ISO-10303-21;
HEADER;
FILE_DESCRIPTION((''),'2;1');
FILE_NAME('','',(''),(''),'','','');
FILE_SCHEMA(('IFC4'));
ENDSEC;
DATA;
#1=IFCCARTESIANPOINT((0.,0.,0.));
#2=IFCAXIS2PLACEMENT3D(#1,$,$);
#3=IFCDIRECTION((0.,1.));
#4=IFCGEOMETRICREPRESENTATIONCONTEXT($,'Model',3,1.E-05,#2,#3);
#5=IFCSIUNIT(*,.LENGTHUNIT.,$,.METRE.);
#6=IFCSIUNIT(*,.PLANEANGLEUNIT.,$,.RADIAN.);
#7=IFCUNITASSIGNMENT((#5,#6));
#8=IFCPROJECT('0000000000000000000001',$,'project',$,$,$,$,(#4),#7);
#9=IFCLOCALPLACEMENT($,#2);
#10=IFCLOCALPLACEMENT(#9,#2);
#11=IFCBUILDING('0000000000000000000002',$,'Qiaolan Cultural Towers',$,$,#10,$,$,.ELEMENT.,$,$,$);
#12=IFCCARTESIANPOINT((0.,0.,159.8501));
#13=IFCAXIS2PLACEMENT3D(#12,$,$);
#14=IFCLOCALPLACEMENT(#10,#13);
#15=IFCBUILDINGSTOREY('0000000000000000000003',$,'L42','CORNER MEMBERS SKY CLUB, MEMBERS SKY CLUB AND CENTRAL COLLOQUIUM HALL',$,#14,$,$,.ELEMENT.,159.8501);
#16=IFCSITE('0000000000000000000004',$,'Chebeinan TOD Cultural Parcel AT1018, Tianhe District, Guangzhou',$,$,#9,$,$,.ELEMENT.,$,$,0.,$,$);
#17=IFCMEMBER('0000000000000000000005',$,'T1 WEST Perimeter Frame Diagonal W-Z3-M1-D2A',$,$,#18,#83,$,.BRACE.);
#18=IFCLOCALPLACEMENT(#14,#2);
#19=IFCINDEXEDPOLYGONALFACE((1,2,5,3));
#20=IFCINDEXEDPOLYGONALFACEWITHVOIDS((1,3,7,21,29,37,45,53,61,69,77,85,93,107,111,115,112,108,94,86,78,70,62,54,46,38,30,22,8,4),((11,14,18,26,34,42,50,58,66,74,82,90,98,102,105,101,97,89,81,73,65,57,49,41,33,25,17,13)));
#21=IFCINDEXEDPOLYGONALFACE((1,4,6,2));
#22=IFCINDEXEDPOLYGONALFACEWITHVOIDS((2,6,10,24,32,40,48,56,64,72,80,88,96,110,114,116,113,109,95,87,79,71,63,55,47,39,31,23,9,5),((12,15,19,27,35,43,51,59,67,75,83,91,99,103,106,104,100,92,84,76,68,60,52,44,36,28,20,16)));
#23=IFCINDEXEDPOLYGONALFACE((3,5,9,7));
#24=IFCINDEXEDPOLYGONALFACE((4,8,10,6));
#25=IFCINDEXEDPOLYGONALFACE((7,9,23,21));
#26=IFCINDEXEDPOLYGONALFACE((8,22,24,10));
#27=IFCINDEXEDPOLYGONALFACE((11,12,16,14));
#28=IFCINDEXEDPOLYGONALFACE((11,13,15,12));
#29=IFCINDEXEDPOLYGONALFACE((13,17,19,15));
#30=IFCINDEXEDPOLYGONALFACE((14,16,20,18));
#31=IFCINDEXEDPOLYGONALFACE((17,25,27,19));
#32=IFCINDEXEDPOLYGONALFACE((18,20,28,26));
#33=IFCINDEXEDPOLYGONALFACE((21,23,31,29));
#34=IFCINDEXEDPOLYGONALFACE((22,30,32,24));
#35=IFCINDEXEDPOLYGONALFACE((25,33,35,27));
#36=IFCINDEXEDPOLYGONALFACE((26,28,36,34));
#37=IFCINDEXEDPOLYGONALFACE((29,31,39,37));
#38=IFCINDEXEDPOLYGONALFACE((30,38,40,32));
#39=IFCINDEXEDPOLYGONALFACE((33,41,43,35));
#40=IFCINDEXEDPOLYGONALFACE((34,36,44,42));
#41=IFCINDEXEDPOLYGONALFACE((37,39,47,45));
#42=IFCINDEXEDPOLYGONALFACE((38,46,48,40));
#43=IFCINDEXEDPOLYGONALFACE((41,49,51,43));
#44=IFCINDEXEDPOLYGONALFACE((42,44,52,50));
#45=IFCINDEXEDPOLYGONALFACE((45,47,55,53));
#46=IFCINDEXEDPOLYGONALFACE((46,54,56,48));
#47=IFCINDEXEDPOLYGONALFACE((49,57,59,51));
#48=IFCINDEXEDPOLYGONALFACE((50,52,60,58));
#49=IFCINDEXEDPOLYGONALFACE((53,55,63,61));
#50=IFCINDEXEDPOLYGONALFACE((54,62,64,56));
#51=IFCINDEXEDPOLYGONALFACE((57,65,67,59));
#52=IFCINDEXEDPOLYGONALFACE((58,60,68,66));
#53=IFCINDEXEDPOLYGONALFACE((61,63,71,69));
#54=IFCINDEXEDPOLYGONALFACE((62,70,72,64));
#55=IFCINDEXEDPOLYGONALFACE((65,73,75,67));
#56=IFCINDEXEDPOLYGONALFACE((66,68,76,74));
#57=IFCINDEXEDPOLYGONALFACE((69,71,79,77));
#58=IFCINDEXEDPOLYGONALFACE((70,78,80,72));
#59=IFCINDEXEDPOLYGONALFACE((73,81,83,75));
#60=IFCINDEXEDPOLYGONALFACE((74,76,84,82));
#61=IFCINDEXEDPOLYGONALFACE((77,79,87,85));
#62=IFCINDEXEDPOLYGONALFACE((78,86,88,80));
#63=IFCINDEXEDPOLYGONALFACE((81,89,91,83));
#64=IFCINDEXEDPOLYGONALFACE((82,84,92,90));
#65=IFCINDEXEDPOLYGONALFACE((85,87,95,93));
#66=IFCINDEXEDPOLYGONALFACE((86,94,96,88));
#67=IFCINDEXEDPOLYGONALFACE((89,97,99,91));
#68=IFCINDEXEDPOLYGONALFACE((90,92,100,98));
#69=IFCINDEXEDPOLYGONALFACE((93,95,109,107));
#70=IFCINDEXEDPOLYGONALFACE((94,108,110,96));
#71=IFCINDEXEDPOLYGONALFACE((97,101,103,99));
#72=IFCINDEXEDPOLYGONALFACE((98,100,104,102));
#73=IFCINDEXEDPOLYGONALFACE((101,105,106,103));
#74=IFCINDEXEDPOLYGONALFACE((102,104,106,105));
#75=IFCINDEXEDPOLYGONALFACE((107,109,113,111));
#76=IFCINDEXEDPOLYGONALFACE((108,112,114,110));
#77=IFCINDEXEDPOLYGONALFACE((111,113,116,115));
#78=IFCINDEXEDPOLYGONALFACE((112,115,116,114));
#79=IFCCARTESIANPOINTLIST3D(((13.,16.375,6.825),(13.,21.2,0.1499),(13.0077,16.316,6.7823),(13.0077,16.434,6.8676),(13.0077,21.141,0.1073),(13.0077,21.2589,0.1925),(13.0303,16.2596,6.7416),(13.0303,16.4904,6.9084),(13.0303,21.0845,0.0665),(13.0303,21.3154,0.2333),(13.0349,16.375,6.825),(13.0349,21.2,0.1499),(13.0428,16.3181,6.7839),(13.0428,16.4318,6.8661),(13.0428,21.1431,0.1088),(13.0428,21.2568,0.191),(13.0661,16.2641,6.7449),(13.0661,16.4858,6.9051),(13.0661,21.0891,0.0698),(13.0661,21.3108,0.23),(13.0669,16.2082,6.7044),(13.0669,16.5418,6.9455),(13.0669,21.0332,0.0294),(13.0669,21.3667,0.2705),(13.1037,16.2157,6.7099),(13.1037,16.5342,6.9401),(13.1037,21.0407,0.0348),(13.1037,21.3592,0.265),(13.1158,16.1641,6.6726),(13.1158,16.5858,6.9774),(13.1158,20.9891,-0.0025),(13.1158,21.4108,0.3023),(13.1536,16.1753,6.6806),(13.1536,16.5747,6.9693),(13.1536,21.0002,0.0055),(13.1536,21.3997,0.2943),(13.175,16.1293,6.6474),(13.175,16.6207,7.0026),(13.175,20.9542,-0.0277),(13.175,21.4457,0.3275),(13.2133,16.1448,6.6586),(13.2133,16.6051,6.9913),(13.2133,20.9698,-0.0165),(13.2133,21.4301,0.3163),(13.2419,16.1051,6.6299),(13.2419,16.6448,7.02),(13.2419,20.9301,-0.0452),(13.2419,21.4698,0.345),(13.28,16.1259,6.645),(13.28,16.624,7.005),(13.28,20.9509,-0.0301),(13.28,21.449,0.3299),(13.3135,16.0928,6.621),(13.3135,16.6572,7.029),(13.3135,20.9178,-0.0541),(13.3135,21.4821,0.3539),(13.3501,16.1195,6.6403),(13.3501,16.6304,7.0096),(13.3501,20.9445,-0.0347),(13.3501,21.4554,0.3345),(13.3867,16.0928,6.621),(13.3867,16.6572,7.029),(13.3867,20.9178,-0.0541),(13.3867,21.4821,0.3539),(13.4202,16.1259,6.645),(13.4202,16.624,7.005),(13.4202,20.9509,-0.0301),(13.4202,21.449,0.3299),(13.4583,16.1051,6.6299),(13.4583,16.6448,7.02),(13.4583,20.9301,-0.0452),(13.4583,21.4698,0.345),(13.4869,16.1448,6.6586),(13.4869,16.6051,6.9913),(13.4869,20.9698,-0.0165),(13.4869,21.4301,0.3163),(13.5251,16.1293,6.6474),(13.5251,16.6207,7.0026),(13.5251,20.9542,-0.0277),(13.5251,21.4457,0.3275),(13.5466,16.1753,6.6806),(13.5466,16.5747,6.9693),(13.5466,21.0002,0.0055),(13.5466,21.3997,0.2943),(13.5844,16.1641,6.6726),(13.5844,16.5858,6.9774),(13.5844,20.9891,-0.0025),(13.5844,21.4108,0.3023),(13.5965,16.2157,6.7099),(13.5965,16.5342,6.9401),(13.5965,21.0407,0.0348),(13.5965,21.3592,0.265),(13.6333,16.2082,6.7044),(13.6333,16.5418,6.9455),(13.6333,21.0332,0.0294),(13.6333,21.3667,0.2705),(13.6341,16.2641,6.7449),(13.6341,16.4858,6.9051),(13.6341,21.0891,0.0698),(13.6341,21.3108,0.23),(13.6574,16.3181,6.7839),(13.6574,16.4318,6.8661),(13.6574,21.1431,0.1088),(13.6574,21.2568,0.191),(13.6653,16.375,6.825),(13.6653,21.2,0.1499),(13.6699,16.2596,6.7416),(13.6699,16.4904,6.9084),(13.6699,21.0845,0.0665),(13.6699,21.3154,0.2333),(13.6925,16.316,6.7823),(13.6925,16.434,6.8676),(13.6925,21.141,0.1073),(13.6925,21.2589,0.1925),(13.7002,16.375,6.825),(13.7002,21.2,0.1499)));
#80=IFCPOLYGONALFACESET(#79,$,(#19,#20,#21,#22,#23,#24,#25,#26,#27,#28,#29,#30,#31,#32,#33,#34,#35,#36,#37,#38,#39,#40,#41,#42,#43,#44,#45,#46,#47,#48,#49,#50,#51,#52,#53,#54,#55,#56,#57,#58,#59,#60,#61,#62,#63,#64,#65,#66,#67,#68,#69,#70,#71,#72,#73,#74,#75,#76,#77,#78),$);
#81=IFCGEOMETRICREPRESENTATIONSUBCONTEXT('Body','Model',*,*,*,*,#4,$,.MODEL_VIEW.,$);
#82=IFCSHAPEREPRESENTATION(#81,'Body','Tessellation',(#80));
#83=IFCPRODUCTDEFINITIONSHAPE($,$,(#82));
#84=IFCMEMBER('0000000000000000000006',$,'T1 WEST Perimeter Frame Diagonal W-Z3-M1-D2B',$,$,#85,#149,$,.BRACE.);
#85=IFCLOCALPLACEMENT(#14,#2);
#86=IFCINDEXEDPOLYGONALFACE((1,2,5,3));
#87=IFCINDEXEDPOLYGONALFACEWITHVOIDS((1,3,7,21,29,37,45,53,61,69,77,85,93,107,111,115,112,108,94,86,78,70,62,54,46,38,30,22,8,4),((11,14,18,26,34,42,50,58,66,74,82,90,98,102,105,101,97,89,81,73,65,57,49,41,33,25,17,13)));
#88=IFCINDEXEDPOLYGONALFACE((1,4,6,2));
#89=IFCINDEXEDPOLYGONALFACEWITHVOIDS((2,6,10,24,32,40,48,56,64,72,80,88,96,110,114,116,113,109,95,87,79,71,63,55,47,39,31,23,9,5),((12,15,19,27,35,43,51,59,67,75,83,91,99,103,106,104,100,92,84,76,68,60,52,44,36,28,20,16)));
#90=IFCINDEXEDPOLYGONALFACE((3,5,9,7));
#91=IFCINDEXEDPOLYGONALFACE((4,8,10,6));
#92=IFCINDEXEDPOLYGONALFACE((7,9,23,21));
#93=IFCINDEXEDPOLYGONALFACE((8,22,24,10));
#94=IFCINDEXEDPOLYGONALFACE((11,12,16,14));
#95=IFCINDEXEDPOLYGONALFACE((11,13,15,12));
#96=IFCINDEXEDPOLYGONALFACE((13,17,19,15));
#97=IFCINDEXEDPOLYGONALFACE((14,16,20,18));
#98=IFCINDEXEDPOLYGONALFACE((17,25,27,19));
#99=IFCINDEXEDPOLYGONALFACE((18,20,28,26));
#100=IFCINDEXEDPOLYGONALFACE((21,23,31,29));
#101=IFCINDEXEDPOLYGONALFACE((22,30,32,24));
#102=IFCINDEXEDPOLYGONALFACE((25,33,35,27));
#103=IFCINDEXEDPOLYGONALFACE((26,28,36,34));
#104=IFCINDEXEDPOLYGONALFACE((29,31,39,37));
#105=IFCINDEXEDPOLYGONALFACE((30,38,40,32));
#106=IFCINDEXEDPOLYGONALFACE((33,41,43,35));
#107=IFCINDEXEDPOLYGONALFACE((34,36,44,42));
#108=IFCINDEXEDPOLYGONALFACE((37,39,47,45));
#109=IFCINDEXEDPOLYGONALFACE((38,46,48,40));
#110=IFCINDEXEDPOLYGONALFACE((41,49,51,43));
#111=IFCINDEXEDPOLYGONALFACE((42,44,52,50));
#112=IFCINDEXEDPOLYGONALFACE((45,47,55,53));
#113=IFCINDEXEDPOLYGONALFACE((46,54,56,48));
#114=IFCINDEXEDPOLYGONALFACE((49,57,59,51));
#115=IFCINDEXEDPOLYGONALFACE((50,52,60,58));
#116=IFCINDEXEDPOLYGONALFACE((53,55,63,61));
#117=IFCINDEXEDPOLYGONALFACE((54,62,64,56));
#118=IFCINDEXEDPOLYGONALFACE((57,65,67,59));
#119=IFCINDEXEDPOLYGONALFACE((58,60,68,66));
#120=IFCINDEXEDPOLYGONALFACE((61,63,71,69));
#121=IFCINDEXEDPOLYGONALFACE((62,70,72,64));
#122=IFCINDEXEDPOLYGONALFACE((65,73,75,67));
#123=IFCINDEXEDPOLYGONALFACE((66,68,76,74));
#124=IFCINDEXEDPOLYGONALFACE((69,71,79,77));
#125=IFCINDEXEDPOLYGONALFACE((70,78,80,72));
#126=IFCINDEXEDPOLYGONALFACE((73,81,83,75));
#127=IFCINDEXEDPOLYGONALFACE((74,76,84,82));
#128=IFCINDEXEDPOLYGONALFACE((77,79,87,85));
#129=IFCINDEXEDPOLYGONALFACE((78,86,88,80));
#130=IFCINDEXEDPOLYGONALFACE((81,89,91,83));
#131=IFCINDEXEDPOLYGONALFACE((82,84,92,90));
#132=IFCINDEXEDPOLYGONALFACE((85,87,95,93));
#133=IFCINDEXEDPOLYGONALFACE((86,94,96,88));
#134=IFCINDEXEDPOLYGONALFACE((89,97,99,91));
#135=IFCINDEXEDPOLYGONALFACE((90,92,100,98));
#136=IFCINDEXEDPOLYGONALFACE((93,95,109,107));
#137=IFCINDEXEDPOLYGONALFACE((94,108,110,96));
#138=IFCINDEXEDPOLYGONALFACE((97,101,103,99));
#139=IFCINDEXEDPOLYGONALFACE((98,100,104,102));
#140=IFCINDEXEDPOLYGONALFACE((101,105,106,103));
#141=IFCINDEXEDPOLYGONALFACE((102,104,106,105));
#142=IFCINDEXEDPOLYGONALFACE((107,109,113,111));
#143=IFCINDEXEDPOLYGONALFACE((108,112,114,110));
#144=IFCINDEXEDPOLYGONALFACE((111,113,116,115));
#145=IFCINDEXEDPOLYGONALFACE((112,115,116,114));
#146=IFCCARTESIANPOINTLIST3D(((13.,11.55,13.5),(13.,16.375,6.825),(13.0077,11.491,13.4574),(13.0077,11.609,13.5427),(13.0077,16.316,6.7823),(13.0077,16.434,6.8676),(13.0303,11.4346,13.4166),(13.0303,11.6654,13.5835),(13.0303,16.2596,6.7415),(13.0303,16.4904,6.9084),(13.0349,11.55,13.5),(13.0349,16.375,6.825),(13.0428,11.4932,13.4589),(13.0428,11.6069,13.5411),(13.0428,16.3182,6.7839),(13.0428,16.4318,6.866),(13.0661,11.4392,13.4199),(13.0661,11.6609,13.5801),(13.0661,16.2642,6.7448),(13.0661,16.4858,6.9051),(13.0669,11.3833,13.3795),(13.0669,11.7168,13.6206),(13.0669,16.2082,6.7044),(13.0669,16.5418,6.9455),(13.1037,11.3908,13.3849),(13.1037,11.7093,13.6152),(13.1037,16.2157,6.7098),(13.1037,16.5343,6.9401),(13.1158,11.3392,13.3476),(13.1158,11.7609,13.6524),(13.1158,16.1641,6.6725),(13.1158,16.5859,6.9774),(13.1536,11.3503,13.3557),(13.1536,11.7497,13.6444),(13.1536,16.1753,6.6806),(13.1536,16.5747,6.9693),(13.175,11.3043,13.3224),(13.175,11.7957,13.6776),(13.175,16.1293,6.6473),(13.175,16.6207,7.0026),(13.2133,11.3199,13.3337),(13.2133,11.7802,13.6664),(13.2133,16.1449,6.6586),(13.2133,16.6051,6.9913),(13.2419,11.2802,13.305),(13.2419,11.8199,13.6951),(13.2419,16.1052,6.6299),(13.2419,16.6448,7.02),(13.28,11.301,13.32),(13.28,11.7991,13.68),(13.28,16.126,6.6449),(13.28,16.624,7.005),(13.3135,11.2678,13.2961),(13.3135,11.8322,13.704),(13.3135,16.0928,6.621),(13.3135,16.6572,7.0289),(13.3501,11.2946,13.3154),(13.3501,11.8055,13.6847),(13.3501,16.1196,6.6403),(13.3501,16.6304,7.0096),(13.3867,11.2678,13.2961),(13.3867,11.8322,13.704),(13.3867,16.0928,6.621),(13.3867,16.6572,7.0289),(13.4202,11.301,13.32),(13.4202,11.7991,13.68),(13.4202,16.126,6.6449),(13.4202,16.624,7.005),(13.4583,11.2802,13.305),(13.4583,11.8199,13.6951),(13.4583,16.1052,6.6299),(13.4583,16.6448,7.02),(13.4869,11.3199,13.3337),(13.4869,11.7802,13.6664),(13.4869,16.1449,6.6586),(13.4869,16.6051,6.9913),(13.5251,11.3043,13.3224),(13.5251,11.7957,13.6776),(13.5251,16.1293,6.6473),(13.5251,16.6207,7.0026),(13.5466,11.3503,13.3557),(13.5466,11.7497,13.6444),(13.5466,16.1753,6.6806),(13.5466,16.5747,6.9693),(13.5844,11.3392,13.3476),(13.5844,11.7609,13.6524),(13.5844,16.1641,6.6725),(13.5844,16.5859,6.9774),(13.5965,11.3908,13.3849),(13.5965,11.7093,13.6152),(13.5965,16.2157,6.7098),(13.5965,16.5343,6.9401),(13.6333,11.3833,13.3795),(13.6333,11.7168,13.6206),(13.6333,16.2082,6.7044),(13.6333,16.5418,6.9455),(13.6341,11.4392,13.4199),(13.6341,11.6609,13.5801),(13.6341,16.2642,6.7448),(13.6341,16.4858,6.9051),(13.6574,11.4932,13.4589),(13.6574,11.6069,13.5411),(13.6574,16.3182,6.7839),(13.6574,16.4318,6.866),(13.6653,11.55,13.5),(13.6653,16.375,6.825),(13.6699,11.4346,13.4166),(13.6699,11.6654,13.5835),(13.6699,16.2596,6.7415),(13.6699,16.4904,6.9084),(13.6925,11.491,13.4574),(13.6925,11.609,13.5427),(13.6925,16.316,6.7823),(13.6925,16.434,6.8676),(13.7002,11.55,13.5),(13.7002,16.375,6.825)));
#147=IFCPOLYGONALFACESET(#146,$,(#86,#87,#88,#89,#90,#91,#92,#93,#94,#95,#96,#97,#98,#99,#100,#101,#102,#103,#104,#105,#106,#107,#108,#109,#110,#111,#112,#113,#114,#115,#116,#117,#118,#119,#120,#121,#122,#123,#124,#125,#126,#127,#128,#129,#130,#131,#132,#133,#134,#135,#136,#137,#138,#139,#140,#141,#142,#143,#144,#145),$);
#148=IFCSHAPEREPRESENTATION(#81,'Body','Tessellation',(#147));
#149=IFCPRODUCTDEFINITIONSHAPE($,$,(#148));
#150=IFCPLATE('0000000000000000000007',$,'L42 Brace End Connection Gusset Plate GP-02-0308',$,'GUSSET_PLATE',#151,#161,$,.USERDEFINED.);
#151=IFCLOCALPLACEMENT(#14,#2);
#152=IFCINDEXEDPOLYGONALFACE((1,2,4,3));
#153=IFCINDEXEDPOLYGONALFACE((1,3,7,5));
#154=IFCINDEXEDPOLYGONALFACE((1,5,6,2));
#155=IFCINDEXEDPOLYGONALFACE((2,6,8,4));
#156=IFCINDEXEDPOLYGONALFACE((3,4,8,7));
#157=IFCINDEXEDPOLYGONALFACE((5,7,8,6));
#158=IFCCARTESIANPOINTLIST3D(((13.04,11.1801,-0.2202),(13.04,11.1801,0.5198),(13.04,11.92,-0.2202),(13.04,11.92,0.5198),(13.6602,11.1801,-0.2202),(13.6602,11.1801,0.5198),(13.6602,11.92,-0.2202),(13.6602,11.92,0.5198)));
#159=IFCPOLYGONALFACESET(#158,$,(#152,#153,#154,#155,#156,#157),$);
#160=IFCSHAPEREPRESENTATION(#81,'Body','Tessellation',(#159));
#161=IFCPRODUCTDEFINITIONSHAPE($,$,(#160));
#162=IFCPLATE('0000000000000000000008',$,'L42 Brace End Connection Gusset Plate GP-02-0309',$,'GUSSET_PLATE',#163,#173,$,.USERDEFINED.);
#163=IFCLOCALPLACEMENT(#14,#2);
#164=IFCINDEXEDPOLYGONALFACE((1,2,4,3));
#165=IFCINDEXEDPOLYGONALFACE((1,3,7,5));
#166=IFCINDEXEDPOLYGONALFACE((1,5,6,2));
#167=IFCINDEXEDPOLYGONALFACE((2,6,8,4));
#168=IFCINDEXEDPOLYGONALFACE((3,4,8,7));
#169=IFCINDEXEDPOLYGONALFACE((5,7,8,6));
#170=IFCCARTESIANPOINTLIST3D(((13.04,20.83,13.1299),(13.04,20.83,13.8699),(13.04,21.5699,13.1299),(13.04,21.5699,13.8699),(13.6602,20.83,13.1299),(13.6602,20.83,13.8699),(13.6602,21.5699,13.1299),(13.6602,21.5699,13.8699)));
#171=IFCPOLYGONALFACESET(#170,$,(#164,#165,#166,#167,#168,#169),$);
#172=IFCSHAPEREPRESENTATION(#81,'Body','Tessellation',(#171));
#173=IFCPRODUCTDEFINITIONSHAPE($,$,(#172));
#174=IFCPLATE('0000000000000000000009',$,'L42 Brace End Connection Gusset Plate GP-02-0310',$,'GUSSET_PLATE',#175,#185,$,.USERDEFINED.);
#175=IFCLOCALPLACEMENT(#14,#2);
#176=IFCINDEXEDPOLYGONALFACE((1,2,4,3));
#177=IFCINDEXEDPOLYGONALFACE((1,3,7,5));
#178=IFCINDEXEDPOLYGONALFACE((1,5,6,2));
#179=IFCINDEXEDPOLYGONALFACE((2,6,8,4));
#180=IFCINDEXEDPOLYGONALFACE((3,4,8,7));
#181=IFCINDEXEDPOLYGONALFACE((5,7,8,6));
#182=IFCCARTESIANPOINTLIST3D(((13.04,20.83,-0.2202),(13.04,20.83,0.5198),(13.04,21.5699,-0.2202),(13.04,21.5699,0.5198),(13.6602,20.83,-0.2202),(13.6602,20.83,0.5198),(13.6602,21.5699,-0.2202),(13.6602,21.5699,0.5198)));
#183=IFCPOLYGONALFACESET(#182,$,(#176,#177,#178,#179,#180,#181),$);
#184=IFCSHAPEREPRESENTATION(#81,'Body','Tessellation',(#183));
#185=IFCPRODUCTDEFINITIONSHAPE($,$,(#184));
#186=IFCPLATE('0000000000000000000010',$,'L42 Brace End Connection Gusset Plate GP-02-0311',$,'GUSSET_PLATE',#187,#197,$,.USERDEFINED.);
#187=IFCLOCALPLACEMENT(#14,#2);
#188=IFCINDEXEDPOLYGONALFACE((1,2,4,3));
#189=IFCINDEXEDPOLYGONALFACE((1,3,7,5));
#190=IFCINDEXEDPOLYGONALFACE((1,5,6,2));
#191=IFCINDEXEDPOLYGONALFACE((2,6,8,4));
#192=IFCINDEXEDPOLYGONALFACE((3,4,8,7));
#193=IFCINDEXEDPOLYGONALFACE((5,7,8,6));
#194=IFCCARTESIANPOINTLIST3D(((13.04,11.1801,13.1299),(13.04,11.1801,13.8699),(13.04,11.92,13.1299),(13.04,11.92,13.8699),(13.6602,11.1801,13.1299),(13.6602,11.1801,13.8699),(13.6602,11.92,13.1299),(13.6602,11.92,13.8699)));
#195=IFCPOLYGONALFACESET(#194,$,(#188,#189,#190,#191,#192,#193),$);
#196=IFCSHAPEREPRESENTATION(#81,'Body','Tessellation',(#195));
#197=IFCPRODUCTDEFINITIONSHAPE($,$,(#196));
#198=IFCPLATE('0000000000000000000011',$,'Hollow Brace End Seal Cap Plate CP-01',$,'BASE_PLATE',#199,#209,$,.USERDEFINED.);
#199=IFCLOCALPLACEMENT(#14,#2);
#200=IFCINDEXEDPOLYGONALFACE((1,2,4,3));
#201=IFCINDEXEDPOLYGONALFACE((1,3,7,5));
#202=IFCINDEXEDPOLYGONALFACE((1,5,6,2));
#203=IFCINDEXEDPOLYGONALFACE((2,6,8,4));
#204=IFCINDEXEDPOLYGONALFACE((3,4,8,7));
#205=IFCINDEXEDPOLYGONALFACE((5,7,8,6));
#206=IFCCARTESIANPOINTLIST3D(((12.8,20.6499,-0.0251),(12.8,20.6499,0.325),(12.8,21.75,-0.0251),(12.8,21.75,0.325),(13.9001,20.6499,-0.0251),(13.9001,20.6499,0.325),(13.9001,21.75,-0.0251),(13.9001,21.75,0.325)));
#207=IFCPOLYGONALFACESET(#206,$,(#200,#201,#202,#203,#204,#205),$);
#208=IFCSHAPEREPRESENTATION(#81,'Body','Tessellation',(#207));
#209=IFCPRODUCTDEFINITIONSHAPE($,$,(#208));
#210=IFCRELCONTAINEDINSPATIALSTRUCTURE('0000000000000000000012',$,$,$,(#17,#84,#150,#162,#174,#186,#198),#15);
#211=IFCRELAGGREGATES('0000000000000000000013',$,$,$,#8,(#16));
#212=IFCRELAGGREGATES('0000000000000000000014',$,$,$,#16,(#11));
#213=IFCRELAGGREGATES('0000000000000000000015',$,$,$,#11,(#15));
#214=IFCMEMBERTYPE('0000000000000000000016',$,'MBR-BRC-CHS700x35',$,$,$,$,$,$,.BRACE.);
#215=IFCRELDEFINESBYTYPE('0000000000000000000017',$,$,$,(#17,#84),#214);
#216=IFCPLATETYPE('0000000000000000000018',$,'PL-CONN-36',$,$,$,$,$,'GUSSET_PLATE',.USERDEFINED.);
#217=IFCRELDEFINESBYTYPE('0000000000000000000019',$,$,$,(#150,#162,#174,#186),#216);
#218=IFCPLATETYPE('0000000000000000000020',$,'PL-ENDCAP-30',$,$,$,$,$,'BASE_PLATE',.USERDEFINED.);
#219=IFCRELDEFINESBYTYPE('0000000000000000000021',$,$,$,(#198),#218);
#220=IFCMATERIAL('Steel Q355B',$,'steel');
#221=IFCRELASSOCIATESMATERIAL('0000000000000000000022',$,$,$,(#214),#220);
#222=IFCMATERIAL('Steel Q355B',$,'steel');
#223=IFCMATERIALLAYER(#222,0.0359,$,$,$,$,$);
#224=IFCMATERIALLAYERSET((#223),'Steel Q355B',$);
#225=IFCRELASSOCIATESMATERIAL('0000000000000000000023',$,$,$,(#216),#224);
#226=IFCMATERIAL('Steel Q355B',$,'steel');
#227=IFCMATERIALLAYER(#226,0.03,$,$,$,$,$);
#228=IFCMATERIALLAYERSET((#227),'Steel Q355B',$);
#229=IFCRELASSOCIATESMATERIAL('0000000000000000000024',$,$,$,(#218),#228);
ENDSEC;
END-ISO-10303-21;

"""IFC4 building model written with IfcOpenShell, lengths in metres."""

from ifc_helpers import new_model, si_unit, direction, frame, origin, origin_2d, place, context, subcontext, project, spatial, rectangle, hollow_circle, extrude, material, layer, layer_set, material_profile, profile_set, type_object, element, save


model = new_model("IFC4")

# Units and contexts
model_context = context("Model", 3, precision=1e-05, world=origin(), true_north=direction((0.0, 1.0)))
body_context = subcontext(model_context, "Body", "Model", "MODEL_VIEW")
ifc_project = project(units=[si_unit("LENGTHUNIT", "METRE"), si_unit("PLANEANGLEUNIT", "RADIAN")], contexts=[model_context])

# Site, building, storey
site_placement = place(None, origin())
site = spatial("IfcSite", under=ifc_project, at=site_placement, Name="Chebeinan TOD Cultural Parcel AT1018, Tianhe District, Guangzhou", CompositionType="ELEMENT", RefElevation=0.0)
building_placement = place(site_placement, origin())
building = spatial("IfcBuilding", under=site, at=building_placement, Name="Qiaolan Cultural Towers", CompositionType="ELEMENT")
storey_placement = place(building_placement, frame((0.0, 0.0, 159.8501)))
storey = spatial("IfcBuildingStorey", under=building, at=storey_placement, Name="L42", Description="CORNER MEMBERS SKY CLUB, MEMBERS SKY CLUB AND CENTRAL COLLOQUIUM HALL", CompositionType="ELEMENT", Elevation=159.8501)

# Members
ifc_material_1 = material(Name="Steel Q355B", Category="steel")
ifc_material_profile_1 = material_profile(ifc_material_1, hollow_circle(Radius=0.3501, WallThickness=0.0349, at=origin_2d()), Name="CHS700x35")
ifc_profile_set_1 = profile_set([ifc_material_profile_1], Name="Steel Q355B")
member_type = type_object("IfcMemberType", Name="MBR-BRC-CHS700x35", PredefinedType="BRACE", material=ifc_profile_set_1)
for number, where, z_axis, x_axis, name in (
    (1, (13.3501, 21.2, 0.1499), (0.0, -0.585816, 0.810444), (1.0, 0.0, 0.0), "T1 WEST Perimeter Frame Diagonal W-Z3-M1-D2A"),
    (2, (13.3501, 16.375, 6.825), (0.0, -0.585816, 0.810444), (1.0, 0.0, 0.0), "T1 WEST Perimeter Frame Diagonal W-Z3-M1-D2B"),
):
    element("IfcMember", number, at=place(storey_placement, frame(where, z_axis=z_axis, x_axis=x_axis)), inside=storey, type_object=member_type, Name=name, PredefinedType="BRACE", context=body_context, shape_type="SweptSolid", body=[
        extrude(hollow_circle(Radius=0.3501, WallThickness=0.0349, at=origin_2d()), origin(), (0.0, 0.0, 1.0), 8.2363),
    ])

# Plates
ifc_material_2 = material(Name="Steel Q355B", Category="steel")
ifc_layer_1 = layer(ifc_material_2, 0.0359)
ifc_layer_set_1 = layer_set([ifc_layer_1], Name="Steel Q355B")
plate_type_1 = type_object("IfcPlateType", Name="PL-CONN-36", ElementType="GUSSET_PLATE", PredefinedType="USERDEFINED", material=ifc_layer_set_1)
for number, where, z_axis, x_axis, name in (
    (3, (13.3501, 11.55, -0.2202), (0.0, 0.0, 1.0), (0.0, 1.0, 0.0), "L42 Brace End Connection Gusset Plate GP-02-0308"),
    (4, (13.3501, 21.2, 13.1299), (0.0, 0.0, 1.0), (0.0, 1.0, 0.0), "L42 Brace End Connection Gusset Plate GP-02-0309"),
    (5, (13.3501, 21.2, -0.2202), (0.0, 0.0, 1.0), (0.0, 1.0, 0.0), "L42 Brace End Connection Gusset Plate GP-02-0310"),
    (6, (13.3501, 11.55, 13.1299), (0.0, 0.0, 1.0), (0.0, 1.0, 0.0), "L42 Brace End Connection Gusset Plate GP-02-0311"),
):
    element("IfcPlate", number, at=place(storey_placement, frame(where, z_axis=z_axis, x_axis=x_axis)), inside=storey, type_object=plate_type_1, Name=name, ObjectType="GUSSET_PLATE", PredefinedType="USERDEFINED", context=body_context, shape_type="SweptSolid", body=[
        extrude(rectangle(XDim=0.74, YDim=0.6201, at=origin_2d()), origin(), (0.0, 0.0, 1.0), 0.74),
    ])
ifc_material_3 = material(Name="Steel Q355B", Category="steel")
ifc_layer_2 = layer(ifc_material_3, 0.03)
ifc_layer_set_2 = layer_set([ifc_layer_2], Name="Steel Q355B")
plate_type_2 = type_object("IfcPlateType", Name="PL-ENDCAP-30", ElementType="BASE_PLATE", PredefinedType="USERDEFINED", material=ifc_layer_set_2)
for number, where, z_axis, x_axis, name in (
    (7, (13.3501, 21.2, -0.0251), (0.0, 0.0, 1.0), (0.0, 1.0, 0.0), "Hollow Brace End Seal Cap Plate CP-01"),
):
    element("IfcPlate", number, at=place(storey_placement, frame(where, z_axis=z_axis, x_axis=x_axis)), inside=storey, type_object=plate_type_2, Name=name, ObjectType="BASE_PLATE", PredefinedType="USERDEFINED", context=body_context, shape_type="SweptSolid", body=[
        extrude(rectangle(XDim=1.1001, YDim=1.1001, at=origin_2d()), origin(), (0.0, 0.0, 1.0), 0.3501),
    ])

save(model, "model.ifc")
